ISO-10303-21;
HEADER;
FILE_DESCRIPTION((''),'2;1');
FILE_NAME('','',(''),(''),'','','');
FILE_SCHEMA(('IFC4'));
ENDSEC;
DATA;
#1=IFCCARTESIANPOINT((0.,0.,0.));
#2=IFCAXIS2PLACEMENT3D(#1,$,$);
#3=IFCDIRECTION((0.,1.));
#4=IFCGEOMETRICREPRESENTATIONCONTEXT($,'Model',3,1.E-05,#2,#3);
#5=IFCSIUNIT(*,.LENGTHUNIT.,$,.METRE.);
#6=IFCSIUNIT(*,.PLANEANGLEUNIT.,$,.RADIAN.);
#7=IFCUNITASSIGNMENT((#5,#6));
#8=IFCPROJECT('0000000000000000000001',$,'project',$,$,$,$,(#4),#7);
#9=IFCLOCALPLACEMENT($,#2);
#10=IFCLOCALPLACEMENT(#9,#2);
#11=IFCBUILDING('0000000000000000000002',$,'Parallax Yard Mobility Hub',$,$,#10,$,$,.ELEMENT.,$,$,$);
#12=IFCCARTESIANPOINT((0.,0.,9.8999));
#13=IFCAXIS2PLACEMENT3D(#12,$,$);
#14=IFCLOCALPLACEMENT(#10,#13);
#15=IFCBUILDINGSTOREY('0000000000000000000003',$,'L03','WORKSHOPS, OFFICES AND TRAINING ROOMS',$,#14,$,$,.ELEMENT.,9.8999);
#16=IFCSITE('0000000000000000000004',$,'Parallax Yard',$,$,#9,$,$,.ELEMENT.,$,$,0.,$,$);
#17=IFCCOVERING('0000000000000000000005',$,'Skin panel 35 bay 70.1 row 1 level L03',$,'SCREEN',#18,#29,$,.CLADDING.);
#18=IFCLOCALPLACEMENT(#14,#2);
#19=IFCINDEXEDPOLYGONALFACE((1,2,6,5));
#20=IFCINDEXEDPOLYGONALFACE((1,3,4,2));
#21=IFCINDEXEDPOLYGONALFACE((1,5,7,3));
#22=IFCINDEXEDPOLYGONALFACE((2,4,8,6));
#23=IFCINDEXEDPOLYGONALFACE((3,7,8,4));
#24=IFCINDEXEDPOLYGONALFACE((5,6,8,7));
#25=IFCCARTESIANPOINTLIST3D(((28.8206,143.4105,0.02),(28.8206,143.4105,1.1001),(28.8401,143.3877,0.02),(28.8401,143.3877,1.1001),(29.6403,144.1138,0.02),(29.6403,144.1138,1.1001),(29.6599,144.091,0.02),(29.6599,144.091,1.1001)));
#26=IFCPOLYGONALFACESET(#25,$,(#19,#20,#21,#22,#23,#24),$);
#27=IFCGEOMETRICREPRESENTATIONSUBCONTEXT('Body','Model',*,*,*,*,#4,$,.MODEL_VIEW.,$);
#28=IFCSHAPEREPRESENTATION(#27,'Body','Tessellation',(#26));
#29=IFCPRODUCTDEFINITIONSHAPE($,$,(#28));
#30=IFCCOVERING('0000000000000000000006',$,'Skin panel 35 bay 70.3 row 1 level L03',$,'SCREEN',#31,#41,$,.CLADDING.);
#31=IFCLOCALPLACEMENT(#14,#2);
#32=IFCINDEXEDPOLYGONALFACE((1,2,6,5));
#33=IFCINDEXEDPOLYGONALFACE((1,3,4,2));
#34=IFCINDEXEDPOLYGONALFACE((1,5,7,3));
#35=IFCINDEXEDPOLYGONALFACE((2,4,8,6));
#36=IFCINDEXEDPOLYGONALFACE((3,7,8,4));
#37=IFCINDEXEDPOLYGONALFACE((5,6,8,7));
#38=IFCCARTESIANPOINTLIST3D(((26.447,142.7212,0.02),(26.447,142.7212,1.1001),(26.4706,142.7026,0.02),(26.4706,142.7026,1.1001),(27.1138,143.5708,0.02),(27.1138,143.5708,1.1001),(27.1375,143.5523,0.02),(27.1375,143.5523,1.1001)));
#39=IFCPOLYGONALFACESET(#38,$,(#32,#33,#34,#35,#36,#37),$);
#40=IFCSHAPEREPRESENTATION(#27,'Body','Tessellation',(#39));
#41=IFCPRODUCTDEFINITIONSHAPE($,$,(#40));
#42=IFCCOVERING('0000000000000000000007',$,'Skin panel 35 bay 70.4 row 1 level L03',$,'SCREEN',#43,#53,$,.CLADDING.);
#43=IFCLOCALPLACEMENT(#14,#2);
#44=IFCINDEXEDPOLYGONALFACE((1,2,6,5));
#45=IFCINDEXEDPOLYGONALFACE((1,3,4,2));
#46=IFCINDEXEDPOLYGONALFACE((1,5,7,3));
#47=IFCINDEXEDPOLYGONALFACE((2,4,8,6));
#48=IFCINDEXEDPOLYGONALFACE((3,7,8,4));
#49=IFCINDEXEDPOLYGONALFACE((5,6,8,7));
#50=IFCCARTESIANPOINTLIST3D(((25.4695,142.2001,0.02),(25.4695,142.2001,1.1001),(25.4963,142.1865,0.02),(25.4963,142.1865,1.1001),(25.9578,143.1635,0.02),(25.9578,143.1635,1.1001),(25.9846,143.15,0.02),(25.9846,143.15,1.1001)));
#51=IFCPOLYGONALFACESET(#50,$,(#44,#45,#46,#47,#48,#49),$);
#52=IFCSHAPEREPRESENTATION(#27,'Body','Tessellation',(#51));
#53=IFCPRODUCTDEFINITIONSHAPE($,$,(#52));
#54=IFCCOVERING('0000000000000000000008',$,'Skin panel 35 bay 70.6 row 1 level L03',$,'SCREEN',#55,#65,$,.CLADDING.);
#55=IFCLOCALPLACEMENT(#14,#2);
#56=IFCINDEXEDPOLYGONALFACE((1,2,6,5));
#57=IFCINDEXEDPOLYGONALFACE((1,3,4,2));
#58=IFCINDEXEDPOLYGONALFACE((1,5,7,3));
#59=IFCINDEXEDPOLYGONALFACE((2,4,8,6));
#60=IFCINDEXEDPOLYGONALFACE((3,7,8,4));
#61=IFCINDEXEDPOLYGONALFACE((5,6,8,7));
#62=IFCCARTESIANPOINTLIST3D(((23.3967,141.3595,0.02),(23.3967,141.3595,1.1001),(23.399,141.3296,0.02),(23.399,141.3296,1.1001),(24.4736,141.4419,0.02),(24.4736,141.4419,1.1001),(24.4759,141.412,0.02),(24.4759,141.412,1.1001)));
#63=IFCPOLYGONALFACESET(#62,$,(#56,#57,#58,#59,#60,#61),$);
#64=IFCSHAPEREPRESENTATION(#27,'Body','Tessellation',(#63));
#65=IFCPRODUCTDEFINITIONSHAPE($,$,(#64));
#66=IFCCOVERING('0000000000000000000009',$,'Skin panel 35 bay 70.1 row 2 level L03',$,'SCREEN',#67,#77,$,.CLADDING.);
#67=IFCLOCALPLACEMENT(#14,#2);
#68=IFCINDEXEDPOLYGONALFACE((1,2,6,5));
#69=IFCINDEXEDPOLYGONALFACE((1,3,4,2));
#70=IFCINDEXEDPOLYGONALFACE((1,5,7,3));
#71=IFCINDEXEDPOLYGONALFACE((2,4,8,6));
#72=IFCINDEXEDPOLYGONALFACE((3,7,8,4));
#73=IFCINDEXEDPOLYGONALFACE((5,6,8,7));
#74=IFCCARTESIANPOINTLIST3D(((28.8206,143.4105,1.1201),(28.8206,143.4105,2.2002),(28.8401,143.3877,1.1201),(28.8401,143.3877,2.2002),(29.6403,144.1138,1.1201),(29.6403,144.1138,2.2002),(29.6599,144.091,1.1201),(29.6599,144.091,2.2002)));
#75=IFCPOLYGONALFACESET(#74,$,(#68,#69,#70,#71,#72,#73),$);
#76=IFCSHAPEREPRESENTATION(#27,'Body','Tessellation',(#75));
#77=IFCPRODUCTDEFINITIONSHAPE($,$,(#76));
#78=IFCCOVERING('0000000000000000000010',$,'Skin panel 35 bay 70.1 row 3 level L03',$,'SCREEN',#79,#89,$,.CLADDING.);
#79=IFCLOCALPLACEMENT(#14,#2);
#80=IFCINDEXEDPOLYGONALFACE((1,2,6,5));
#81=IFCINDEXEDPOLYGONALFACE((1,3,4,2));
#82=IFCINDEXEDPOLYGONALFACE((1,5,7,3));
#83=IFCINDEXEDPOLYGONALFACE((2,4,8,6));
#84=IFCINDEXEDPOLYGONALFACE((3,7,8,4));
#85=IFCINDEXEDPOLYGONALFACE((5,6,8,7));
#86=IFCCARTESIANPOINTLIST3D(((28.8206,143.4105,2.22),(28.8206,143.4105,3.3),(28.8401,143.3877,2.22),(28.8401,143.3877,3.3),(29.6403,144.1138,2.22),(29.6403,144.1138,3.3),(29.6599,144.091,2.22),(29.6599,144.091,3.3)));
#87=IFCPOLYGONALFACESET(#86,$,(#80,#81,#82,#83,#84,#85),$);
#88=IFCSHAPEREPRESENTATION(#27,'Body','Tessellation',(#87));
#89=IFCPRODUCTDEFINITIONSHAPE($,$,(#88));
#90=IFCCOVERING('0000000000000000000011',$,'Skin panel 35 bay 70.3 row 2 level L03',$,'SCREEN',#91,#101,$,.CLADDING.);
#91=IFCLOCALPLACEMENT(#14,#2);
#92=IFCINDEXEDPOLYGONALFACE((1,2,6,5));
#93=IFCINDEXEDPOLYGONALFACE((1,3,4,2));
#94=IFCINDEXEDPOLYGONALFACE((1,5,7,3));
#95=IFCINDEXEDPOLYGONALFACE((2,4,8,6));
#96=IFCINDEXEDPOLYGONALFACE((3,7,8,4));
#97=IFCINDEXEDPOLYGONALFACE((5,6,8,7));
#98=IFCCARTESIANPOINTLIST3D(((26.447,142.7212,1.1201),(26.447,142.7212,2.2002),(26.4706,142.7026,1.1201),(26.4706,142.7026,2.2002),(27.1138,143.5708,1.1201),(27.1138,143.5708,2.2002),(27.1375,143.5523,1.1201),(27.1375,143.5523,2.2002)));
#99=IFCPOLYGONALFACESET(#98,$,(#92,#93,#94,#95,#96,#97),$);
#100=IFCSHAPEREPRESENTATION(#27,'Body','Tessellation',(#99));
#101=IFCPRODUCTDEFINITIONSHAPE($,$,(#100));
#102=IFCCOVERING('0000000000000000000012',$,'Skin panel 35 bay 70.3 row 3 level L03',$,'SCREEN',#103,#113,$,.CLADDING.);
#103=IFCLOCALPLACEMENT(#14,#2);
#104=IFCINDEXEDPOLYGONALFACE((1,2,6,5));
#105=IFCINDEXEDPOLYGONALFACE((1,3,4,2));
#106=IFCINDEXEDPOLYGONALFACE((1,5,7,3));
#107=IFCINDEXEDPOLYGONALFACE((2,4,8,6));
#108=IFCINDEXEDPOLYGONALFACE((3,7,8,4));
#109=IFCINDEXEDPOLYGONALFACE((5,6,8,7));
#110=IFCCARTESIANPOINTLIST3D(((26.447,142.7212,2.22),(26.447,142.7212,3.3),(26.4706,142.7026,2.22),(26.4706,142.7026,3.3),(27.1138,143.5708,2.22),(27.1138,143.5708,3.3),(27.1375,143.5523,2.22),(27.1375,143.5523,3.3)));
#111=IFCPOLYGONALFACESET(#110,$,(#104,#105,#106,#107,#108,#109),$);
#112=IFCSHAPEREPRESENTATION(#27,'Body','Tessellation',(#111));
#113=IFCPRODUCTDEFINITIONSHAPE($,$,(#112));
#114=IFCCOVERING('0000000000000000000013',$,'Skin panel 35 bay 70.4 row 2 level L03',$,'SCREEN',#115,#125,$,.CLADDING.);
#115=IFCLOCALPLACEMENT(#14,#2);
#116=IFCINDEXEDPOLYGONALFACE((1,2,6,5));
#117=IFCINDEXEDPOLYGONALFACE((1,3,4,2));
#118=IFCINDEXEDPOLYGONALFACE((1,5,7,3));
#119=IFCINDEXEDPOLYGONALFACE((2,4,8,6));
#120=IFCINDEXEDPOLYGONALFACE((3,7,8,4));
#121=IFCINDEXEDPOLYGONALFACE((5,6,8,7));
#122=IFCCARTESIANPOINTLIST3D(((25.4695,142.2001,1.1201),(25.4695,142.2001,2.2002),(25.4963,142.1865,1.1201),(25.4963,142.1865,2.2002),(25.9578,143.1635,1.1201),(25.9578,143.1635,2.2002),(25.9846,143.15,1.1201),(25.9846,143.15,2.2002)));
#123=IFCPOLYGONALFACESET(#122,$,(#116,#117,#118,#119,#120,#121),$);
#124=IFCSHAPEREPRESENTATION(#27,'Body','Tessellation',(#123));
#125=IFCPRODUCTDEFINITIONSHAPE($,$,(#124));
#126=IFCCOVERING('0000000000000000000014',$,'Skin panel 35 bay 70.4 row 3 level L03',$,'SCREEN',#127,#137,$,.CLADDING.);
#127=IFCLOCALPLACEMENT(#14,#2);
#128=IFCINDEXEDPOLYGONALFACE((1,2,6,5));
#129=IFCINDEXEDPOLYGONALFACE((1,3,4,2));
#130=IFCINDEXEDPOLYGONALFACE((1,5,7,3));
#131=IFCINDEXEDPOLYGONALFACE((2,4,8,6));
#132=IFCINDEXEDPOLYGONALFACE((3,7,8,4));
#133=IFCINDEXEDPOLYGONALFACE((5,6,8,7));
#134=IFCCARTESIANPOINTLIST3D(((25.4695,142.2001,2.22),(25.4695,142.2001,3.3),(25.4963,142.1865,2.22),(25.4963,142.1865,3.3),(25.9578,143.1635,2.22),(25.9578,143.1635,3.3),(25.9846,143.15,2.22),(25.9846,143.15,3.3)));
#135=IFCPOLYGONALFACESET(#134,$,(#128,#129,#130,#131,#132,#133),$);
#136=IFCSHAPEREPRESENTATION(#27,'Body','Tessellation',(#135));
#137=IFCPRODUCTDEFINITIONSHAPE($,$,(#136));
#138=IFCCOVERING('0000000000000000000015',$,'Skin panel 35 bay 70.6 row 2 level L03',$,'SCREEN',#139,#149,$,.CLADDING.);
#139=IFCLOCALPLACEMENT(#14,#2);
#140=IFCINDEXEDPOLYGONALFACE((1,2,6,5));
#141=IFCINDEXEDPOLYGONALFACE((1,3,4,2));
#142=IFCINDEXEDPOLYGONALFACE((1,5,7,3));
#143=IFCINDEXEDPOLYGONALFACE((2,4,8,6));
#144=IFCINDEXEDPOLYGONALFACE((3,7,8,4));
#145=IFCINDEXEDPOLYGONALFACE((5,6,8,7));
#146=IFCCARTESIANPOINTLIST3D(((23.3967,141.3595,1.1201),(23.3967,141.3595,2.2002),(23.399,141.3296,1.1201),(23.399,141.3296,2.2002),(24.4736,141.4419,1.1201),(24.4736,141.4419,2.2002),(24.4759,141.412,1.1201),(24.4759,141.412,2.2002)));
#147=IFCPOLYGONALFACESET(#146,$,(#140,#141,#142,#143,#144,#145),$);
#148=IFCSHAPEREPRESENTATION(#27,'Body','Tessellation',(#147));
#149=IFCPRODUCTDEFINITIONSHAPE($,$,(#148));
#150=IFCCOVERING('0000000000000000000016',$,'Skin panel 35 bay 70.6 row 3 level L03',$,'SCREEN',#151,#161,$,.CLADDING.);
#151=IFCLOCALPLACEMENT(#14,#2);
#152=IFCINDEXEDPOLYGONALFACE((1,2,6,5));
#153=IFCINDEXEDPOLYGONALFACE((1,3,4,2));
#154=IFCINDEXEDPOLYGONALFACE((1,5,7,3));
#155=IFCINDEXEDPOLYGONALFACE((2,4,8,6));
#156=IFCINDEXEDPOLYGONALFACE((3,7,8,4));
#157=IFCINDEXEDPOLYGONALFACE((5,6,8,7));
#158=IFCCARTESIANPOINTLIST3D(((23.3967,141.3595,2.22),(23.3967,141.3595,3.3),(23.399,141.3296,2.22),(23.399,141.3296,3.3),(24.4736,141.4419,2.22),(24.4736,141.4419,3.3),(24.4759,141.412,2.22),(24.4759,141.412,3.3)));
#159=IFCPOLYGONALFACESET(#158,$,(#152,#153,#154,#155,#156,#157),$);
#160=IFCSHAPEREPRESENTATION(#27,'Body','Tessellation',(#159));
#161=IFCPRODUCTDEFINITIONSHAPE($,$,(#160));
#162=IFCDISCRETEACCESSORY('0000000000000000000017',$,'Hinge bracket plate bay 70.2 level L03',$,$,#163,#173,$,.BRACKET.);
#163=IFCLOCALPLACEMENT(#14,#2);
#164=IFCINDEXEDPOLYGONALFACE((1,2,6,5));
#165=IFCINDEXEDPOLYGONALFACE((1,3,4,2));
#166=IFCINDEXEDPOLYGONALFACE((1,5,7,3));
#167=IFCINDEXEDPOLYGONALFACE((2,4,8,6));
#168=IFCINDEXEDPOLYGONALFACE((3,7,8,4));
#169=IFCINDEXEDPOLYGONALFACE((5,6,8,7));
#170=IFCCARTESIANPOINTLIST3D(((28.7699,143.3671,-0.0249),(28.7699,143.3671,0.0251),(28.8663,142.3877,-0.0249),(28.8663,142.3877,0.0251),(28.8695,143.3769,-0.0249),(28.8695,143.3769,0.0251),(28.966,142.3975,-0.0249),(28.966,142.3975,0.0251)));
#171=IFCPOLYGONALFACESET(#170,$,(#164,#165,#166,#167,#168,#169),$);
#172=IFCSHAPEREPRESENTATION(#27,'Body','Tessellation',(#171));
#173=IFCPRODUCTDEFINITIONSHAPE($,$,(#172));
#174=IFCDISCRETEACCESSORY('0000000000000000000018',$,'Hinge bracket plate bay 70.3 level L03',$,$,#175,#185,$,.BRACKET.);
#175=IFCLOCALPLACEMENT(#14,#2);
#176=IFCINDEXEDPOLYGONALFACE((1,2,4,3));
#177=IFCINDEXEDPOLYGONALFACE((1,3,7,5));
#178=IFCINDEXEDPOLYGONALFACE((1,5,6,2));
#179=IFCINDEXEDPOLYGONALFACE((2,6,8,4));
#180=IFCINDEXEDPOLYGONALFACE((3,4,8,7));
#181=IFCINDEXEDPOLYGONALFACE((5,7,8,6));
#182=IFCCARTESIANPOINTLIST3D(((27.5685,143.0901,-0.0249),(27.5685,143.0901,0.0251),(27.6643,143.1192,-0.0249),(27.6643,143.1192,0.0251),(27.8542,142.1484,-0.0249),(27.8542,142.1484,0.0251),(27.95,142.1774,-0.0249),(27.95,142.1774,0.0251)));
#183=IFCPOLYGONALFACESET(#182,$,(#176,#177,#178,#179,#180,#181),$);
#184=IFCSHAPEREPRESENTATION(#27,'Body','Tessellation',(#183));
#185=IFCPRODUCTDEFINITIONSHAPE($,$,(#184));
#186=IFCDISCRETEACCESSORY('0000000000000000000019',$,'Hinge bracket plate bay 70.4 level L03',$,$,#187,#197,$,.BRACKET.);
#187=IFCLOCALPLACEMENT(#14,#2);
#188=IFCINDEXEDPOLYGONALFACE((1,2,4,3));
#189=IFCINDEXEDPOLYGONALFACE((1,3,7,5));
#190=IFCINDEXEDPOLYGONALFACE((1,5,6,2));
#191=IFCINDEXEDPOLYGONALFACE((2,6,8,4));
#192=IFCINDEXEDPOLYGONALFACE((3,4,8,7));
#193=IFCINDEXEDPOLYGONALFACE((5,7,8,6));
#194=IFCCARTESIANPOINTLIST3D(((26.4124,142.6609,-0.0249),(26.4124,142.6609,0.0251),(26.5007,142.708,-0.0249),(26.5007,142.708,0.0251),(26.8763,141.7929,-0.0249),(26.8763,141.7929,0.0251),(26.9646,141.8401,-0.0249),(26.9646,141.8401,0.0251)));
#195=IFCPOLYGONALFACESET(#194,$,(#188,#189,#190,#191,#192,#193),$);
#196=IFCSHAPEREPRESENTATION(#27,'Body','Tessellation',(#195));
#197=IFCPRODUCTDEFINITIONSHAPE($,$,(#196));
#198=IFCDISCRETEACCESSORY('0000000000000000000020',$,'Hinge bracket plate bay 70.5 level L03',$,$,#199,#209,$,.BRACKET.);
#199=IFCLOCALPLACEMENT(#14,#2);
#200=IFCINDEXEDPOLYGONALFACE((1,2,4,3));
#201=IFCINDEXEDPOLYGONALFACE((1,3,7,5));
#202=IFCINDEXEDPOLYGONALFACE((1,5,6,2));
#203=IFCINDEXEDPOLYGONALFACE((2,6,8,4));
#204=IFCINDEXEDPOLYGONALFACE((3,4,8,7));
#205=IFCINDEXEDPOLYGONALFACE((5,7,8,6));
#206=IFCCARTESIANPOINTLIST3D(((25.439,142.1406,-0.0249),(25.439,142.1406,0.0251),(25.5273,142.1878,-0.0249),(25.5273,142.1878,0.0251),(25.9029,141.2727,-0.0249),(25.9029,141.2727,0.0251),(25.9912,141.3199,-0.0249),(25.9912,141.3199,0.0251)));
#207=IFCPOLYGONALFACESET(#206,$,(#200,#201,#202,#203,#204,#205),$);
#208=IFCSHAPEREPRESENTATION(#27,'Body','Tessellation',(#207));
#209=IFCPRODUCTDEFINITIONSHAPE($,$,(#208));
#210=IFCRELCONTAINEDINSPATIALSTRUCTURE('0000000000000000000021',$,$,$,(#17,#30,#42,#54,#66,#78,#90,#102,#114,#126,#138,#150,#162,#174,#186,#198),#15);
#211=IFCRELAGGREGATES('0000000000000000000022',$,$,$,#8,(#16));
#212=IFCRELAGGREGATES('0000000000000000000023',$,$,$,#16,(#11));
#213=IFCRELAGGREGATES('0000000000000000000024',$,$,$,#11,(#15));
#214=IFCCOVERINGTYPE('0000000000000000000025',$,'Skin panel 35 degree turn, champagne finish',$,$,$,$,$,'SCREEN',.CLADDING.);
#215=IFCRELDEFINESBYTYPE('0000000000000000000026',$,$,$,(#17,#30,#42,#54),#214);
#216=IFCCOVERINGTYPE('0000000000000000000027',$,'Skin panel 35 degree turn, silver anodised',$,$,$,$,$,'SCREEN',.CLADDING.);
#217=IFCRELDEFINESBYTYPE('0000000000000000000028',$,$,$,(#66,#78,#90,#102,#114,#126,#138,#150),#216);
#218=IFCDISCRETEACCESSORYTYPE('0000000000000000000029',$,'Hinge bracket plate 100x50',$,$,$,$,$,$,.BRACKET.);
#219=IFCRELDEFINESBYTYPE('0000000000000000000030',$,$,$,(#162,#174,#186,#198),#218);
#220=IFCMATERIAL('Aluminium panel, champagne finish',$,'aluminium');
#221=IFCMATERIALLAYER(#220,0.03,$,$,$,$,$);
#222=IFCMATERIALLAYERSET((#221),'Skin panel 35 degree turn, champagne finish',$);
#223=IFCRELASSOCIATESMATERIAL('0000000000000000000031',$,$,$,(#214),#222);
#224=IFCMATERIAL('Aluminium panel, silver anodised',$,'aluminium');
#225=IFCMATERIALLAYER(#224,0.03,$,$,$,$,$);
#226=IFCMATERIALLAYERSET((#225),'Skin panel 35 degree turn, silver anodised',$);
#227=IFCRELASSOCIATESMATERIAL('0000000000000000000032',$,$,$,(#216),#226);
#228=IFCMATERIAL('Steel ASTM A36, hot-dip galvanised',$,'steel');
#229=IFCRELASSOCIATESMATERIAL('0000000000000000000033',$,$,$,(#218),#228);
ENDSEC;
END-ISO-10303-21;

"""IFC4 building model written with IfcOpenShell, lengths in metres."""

from ifc_helpers import new_model, si_unit, direction, frame, origin, origin_2d, place, context, subcontext, project, spatial, rectangle, extrude, material, layer, layer_set, type_object, element, save


model = new_model("IFC4")

# Units and contexts
model_context = context("Model", 3, precision=1e-05, world=origin(), true_north=direction((0.0, 1.0)))
body_context = subcontext(model_context, "Body", "Model", "MODEL_VIEW")
ifc_project = project(units=[si_unit("LENGTHUNIT", "METRE"), si_unit("PLANEANGLEUNIT", "RADIAN")], contexts=[model_context])

# Site, building, storey
site_placement = place(None, origin())
site = spatial("IfcSite", under=ifc_project, at=site_placement, Name="Parallax Yard", CompositionType="ELEMENT", RefElevation=0.0)
building_placement = place(site_placement, origin())
building = spatial("IfcBuilding", under=site, at=building_placement, Name="Parallax Yard Mobility Hub", CompositionType="ELEMENT")
storey_placement = place(building_placement, frame((0.0, 0.0, 9.8999)))
storey = spatial("IfcBuildingStorey", under=building, at=storey_placement, Name="L03", Description="WORKSHOPS, OFFICES AND TRAINING ROOMS", CompositionType="ELEMENT", Elevation=9.8999)

# Coverings
ifc_material_1 = material(Name="Aluminium panel, champagne finish", Category="aluminium")
ifc_material_2 = material(Name="Aluminium panel, silver anodised", Category="aluminium")
ifc_layer_1 = layer(ifc_material_1, 0.03)
ifc_layer_set_1 = layer_set([ifc_layer_1], Name="Skin panel 35 degree turn, champagne finish")
covering_type_1 = type_object("IfcCoveringType", Name="Skin panel 35 degree turn, champagne finish", ElementType="SCREEN", PredefinedType="CLADDING", material=ifc_layer_set_1)
for number, where, z_axis, x_axis, name in (
    (1, (29.2402, 143.7507, 0.02), (0.0, 0.0, 1.0), (0.758987, 0.651105, 0.0), "Skin panel 35 bay 70.1 row 1 level L03"),
    (2, (26.7922, 143.1367, 0.02), (0.0, 0.0, 1.0), (0.617379, 0.786666, 0.0), "Skin panel 35 bay 70.3 row 1 level L03"),
    (3, (25.7271, 142.675, 0.02), (0.0, 0.0, 1.0), (0.452046, 0.891995, 0.0), "Skin panel 35 bay 70.4 row 1 level L03"),
    (4, (23.9363, 141.3857, 0.02), (0.0, 0.0, 1.0), (-0.997086, -0.076284, 0.0), "Skin panel 35 bay 70.6 row 1 level L03"),
):
    element("IfcCovering", number, at=place(storey_placement, frame(where, z_axis=z_axis, x_axis=x_axis)), inside=storey, type_object=covering_type_1, Name=name, ObjectType="SCREEN", PredefinedType="CLADDING", context=body_context, shape_type="SweptSolid", body=[
        extrude(rectangle(XDim=1.0801, YDim=0.03, at=origin_2d()), origin(), (0.0, 0.0, 1.0), 1.0801),
    ])
ifc_layer_2 = layer(ifc_material_2, 0.03)
ifc_layer_set_2 = layer_set([ifc_layer_2], Name="Skin panel 35 degree turn, silver anodised")
covering_type_2 = type_object("IfcCoveringType", Name="Skin panel 35 degree turn, silver anodised", ElementType="SCREEN", PredefinedType="CLADDING", material=ifc_layer_set_2)
for number, where, z_axis, x_axis, name in (
    (5, (29.2402, 143.7507, 1.1201), (0.0, 0.0, 1.0), (0.758987, 0.651105, 0.0), "Skin panel 35 bay 70.1 row 2 level L03"),
    (6, (29.2402, 143.7507, 2.22), (0.0, 0.0, 1.0), (0.758987, 0.651105, 0.0), "Skin panel 35 bay 70.1 row 3 level L03"),
    (7, (26.7922, 143.1367, 1.1201), (0.0, 0.0, 1.0), (0.617379, 0.786666, 0.0), "Skin panel 35 bay 70.3 row 2 level L03"),
    (8, (26.7922, 143.1367, 2.22), (0.0, 0.0, 1.0), (0.617379, 0.786666, 0.0), "Skin panel 35 bay 70.3 row 3 level L03"),
    (9, (25.7271, 142.675, 1.1201), (0.0, 0.0, 1.0), (0.452046, 0.891995, 0.0), "Skin panel 35 bay 70.4 row 2 level L03"),
    (10, (25.7271, 142.675, 2.22), (0.0, 0.0, 1.0), (0.452046, 0.891995, 0.0), "Skin panel 35 bay 70.4 row 3 level L03"),
    (11, (23.9363, 141.3857, 1.1201), (0.0, 0.0, 1.0), (-0.997086, -0.076284, 0.0), "Skin panel 35 bay 70.6 row 2 level L03"),
    (12, (23.9363, 141.3857, 2.22), (0.0, 0.0, 1.0), (-0.997086, -0.076284, 0.0), "Skin panel 35 bay 70.6 row 3 level L03"),
):
    element("IfcCovering", number, at=place(storey_placement, frame(where, z_axis=z_axis, x_axis=x_axis)), inside=storey, type_object=covering_type_2, Name=name, ObjectType="SCREEN", PredefinedType="CLADDING", context=body_context, shape_type="SweptSolid", body=[
        extrude(rectangle(XDim=1.0801, YDim=0.03, at=origin_2d()), origin(), (0.0, 0.0, 1.0), 1.0801),
    ])

# Discrete accessories
ifc_material_3 = material(Name="Steel ASTM A36, hot-dip galvanised", Category="steel")
discrete_accessory_type_1 = type_object("IfcDiscreteAccessoryType", Name="Hinge bracket plate 100x50", PredefinedType="BRACKET", material=ifc_material_3)
for number, where, z_axis, x_axis, name in (
    (13, (28.8679, 142.8823, -0.0249), (0.0, 0.0, 1.0), (-0.098017, 0.995185, 0.0), "Hinge bracket plate bay 70.2 level L03"),
    (14, (27.7593, 142.6338, -0.0249), (0.0, 0.0, 1.0), (-0.290285, 0.95694, 0.0), "Hinge bracket plate bay 70.3 level L03"),
    (15, (26.6885, 142.2505, -0.0249), (0.0, 0.0, 1.0), (-0.471397, 0.881921, 0.0), "Hinge bracket plate bay 70.4 level L03"),
    (16, (25.7151, 141.7302, -0.0249), (0.0, 0.0, 1.0), (-0.471397, 0.881921, 0.0), "Hinge bracket plate bay 70.5 level L03"),
):
    element("IfcDiscreteAccessory", number, at=place(storey_placement, frame(where, z_axis=z_axis, x_axis=x_axis)), inside=storey, type_object=discrete_accessory_type_1, Name=name, PredefinedType="BRACKET", context=body_context, shape_type="SweptSolid", body=[
        extrude(rectangle(XDim=0.9841, YDim=0.1001, at=origin_2d()), origin(), (0.0, 0.0, 1.0), 0.05),
    ])

save(model, "model.ifc")
